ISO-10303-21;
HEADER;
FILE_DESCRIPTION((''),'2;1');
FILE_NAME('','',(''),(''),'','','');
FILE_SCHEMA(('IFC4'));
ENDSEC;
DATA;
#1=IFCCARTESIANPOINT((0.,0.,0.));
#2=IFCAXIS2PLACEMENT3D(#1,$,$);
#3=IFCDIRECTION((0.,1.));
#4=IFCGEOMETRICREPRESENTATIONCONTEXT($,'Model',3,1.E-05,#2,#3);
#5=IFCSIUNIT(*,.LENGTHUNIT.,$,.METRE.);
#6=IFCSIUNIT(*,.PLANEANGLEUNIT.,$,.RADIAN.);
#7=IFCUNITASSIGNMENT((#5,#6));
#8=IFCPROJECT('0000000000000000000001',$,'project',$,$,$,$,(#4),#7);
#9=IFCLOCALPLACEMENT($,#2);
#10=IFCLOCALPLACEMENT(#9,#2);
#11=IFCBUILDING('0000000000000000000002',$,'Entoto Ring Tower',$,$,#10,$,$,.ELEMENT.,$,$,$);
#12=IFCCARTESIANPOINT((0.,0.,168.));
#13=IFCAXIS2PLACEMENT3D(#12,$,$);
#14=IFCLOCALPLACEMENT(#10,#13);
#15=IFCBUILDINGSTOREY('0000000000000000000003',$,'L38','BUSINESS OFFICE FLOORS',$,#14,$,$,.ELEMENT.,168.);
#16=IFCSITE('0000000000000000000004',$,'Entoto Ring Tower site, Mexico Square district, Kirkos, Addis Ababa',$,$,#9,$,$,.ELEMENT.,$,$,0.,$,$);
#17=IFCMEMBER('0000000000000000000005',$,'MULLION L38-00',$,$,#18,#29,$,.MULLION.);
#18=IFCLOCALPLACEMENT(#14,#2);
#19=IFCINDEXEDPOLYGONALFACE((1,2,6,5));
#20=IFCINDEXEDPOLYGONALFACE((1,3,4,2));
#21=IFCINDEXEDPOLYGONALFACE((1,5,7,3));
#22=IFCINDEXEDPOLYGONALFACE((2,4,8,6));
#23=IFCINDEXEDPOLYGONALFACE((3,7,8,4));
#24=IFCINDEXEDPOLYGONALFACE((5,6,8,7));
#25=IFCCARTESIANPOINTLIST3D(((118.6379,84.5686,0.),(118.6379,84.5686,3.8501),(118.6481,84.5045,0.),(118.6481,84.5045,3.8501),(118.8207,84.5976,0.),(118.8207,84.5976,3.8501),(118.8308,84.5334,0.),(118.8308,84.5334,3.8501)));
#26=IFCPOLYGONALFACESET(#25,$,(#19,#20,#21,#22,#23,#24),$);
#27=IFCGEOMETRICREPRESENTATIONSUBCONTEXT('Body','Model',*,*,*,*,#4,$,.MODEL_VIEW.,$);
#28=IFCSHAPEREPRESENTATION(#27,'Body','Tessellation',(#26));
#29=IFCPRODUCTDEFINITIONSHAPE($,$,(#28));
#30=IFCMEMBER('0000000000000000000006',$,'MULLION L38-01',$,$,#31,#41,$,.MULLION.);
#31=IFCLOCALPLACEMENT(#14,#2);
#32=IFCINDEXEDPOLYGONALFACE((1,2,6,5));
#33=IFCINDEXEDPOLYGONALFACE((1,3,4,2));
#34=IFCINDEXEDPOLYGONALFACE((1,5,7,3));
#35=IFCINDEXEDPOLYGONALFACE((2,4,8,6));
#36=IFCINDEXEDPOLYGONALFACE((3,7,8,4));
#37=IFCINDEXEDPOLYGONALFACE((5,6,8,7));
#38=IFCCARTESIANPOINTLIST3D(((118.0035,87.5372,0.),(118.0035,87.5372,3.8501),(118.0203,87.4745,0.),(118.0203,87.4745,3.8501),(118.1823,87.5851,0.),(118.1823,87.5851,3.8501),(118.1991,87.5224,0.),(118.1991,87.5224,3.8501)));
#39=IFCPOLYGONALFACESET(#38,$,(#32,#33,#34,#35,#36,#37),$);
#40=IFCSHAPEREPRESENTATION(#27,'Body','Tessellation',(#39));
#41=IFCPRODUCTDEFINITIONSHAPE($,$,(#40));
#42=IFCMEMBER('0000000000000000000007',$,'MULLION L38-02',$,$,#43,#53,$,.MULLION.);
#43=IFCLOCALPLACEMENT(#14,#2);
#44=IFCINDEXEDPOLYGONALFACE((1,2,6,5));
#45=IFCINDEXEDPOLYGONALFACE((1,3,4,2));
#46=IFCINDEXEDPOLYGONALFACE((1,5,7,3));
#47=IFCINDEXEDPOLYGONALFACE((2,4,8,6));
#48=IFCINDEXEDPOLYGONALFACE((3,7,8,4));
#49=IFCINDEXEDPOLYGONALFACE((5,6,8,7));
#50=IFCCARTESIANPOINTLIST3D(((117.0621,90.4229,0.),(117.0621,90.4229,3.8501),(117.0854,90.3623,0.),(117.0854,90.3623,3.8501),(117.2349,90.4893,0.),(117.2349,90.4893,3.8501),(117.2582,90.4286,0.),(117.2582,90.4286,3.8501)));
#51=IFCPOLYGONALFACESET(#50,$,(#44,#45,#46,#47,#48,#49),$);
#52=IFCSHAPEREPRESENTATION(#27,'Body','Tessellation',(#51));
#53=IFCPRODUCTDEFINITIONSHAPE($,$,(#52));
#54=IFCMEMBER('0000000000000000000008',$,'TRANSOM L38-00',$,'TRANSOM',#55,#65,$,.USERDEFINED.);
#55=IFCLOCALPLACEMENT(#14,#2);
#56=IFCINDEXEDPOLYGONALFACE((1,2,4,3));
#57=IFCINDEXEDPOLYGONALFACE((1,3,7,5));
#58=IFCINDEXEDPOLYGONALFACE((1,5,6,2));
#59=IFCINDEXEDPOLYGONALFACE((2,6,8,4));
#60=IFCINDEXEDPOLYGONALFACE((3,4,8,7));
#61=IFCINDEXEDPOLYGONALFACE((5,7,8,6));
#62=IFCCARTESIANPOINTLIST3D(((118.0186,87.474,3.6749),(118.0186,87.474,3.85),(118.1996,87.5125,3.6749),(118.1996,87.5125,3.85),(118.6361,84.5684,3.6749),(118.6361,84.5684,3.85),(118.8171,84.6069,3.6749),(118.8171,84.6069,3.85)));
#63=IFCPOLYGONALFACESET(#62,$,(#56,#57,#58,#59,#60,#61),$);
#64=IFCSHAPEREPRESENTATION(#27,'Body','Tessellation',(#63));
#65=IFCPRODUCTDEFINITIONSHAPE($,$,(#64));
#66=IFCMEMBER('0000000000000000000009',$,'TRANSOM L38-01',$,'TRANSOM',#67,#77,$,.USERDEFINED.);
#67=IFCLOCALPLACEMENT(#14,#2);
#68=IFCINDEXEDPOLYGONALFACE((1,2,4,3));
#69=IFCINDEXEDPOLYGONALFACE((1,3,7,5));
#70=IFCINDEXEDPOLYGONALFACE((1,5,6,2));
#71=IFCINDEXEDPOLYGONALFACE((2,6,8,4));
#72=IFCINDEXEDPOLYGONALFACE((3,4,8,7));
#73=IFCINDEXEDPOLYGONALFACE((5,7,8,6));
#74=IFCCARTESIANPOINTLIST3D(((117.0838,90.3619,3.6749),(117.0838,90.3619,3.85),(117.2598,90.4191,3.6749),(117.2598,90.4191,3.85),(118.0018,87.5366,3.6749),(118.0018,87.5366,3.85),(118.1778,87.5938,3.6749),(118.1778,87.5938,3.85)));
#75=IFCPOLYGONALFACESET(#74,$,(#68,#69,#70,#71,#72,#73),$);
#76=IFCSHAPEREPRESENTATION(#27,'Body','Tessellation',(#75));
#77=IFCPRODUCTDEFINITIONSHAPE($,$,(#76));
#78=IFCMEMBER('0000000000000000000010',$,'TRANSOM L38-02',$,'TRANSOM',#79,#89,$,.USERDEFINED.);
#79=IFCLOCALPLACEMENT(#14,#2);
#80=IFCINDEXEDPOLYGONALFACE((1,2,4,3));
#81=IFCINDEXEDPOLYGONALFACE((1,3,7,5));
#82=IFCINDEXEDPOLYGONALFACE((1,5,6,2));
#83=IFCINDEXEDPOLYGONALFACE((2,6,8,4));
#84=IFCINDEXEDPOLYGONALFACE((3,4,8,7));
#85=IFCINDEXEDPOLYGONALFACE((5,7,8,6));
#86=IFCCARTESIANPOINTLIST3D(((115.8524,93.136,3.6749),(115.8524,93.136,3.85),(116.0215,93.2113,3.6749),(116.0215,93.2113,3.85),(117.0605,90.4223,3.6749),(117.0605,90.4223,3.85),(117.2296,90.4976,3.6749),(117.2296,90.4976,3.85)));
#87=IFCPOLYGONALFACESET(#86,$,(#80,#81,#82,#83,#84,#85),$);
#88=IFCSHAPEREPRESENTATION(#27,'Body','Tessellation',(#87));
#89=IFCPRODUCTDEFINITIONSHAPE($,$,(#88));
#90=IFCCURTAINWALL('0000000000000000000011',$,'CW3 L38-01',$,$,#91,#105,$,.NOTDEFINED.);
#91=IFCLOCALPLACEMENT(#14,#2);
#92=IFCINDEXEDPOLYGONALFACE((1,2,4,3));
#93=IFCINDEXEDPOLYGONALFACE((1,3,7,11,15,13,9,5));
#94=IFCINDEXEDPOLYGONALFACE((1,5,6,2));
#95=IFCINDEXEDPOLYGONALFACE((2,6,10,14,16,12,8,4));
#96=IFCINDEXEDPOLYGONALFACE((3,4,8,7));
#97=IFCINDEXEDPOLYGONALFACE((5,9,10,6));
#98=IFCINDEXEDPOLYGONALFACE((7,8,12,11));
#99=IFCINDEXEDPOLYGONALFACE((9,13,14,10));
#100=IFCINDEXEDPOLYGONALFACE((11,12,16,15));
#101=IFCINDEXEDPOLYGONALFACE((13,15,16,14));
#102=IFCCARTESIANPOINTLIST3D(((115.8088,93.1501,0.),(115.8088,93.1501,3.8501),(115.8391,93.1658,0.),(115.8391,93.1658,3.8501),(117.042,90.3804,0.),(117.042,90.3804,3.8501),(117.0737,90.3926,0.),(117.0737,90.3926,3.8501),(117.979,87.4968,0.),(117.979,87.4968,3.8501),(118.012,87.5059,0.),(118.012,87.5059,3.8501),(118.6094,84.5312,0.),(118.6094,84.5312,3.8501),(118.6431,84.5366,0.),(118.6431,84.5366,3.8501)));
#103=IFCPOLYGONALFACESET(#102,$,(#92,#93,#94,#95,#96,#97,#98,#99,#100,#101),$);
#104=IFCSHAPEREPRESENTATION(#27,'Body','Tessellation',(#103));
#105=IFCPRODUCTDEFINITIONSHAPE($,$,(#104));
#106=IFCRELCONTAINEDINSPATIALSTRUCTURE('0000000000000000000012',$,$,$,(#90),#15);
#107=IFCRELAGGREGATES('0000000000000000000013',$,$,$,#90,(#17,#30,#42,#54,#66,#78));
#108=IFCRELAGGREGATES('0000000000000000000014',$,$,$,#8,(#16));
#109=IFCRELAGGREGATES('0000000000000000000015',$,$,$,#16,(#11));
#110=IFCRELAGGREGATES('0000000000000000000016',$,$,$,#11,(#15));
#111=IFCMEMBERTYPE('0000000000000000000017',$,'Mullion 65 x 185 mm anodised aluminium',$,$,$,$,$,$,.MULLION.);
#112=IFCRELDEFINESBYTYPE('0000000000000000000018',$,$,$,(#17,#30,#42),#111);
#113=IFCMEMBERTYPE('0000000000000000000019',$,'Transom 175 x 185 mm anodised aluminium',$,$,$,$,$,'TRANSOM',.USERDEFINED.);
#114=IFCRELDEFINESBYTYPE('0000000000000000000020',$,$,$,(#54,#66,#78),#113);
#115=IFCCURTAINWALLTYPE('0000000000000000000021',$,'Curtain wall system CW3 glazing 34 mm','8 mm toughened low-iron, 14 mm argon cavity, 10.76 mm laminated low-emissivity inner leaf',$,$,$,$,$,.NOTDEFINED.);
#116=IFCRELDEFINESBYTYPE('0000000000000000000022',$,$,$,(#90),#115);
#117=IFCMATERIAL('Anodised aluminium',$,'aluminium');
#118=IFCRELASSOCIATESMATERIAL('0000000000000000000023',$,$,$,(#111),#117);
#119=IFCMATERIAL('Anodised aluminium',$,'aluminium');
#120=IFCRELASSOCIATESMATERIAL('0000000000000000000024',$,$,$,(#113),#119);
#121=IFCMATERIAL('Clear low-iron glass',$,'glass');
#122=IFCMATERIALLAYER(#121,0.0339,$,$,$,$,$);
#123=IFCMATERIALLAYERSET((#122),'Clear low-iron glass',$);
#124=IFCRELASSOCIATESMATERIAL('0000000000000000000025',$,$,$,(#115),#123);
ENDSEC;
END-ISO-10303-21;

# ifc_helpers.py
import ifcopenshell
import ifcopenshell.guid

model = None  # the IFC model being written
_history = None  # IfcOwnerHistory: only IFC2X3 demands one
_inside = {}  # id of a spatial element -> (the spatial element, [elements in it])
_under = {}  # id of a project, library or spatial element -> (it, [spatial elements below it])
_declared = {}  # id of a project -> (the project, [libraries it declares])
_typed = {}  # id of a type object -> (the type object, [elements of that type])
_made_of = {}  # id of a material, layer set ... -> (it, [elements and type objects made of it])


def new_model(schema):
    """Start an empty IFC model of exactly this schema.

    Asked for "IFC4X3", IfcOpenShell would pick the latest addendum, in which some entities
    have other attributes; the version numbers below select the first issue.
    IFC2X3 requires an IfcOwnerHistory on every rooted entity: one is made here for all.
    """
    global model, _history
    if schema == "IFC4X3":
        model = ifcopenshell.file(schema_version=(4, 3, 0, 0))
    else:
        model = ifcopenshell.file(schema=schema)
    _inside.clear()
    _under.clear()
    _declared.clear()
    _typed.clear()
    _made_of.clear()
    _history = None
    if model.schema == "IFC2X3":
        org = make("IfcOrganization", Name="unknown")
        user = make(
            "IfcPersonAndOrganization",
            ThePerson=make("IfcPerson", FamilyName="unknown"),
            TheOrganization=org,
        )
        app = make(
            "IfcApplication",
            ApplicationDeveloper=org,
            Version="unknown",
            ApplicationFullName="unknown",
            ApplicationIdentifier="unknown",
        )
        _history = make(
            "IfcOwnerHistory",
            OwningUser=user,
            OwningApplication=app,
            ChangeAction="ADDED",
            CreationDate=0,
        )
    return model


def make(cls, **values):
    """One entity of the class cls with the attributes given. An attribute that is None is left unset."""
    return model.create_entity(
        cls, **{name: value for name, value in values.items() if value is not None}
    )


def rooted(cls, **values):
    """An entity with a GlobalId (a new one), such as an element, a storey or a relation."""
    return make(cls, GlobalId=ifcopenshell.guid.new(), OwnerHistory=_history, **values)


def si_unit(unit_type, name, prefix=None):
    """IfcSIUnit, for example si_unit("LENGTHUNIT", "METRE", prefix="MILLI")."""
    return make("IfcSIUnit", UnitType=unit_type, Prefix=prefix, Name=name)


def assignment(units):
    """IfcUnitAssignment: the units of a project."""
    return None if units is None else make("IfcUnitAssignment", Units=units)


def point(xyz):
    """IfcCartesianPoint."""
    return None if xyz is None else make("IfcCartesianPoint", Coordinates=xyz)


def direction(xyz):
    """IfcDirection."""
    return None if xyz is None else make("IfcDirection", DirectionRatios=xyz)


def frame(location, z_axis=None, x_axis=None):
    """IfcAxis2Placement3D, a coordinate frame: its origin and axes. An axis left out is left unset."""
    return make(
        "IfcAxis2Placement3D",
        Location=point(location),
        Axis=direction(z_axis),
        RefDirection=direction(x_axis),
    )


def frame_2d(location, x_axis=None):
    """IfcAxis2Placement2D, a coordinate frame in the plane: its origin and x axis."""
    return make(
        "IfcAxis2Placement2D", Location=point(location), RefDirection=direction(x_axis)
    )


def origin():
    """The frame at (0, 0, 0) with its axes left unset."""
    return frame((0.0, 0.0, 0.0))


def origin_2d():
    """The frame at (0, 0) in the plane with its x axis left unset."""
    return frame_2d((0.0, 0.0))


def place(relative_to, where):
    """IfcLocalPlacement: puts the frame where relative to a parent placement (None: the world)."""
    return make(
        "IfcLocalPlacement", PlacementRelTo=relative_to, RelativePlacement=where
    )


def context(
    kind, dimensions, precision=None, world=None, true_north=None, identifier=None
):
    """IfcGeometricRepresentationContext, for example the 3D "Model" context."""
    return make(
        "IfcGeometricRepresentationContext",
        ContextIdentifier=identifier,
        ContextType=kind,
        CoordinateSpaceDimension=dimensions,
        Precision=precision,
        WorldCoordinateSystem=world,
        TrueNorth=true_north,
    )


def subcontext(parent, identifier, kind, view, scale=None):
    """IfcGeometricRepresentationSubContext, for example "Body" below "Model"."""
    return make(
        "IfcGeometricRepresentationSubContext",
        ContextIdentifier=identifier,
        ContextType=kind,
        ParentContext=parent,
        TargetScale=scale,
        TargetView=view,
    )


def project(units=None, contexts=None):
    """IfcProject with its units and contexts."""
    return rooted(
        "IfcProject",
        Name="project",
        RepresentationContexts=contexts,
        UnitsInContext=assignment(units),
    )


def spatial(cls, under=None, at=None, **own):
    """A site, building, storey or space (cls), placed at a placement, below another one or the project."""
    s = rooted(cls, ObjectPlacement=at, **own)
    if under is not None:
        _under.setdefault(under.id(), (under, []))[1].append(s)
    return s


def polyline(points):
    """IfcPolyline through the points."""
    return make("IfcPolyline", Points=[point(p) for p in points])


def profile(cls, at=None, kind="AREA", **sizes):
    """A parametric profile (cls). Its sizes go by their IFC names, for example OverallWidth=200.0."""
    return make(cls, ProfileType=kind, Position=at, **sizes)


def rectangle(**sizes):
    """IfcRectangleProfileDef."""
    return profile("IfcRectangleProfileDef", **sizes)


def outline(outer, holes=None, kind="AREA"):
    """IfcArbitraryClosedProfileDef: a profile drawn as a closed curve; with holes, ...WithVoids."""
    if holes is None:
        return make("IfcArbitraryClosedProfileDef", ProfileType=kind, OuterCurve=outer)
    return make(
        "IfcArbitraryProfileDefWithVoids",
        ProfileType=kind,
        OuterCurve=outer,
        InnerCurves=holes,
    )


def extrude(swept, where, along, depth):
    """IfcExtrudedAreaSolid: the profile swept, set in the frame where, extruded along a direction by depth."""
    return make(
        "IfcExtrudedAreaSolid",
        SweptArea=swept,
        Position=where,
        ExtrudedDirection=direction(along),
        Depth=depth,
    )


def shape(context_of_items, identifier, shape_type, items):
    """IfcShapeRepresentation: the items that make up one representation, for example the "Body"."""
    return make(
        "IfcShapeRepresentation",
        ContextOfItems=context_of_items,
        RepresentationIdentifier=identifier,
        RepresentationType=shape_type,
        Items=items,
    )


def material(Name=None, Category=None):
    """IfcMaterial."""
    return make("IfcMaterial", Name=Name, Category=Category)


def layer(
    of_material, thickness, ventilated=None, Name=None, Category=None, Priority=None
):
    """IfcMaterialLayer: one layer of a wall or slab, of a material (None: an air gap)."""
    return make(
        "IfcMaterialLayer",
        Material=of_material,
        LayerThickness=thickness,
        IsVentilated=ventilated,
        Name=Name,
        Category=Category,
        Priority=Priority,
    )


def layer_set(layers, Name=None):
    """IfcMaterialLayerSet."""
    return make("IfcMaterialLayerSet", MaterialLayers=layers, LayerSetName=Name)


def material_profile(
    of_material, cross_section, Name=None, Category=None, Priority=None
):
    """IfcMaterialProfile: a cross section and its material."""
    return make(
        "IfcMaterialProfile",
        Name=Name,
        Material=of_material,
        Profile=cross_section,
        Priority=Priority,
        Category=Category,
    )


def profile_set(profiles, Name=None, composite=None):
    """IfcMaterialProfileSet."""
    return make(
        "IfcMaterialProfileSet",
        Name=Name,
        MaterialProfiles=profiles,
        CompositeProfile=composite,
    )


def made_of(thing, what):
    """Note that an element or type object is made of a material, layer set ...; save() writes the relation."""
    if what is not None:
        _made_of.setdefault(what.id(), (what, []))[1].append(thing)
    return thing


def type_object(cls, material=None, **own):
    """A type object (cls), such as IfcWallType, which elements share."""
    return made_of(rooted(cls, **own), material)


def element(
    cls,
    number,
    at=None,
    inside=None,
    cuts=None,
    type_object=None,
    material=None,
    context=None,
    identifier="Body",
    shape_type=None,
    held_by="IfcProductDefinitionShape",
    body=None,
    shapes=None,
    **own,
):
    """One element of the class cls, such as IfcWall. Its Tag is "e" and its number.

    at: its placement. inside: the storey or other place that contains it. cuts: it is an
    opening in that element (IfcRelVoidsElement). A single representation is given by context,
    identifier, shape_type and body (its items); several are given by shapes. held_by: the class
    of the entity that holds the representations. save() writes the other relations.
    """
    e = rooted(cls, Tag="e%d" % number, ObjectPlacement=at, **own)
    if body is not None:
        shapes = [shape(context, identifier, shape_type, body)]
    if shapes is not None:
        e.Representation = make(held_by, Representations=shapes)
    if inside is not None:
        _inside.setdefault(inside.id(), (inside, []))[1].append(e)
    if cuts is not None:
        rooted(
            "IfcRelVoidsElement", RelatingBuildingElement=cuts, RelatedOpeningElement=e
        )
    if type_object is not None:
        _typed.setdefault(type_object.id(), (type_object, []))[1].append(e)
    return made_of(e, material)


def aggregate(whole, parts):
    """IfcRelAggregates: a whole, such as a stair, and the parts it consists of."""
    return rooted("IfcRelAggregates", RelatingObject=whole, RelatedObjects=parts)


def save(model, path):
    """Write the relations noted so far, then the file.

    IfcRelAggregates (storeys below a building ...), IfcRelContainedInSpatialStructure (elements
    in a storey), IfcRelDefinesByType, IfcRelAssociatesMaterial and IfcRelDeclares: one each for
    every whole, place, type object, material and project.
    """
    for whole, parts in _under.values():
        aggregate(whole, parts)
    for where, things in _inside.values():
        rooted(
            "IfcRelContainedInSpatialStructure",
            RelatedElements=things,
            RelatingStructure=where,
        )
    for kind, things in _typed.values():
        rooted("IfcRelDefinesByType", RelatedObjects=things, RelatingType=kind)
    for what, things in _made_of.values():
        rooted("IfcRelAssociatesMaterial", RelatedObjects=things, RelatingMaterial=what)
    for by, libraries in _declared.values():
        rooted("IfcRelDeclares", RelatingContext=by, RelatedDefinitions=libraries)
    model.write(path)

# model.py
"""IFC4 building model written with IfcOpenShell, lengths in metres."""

from ifc_helpers import new_model, si_unit, direction, frame, origin, origin_2d, place, context, subcontext, project, spatial, polyline, rectangle, outline, extrude, material, layer, layer_set, material_profile, profile_set, type_object, element, aggregate, save


model = new_model("IFC4")

# Units and contexts
model_context = context("Model", 3, precision=1e-05, world=origin(), true_north=direction((0.0, 1.0)))
body_context = subcontext(model_context, "Body", "Model", "MODEL_VIEW")
ifc_project = project(units=[si_unit("LENGTHUNIT", "METRE"), si_unit("PLANEANGLEUNIT", "RADIAN")], contexts=[model_context])

# Members
ifc_material_1 = material(Name="Anodised aluminium", Category="aluminium")
ifc_material_profile_1 = material_profile(ifc_material_1, rectangle(XDim=0.0649, YDim=0.1851, at=origin_2d()), Name="Mullion 65 x 185 mm anodised aluminium")
ifc_profile_set_1 = profile_set([ifc_material_profile_1], Name="Anodised aluminium")
member_type_1 = type_object("IfcMemberType", Name="Mullion 65 x 185 mm anodised aluminium", PredefinedType="MULLION", material=ifc_profile_set_1)
site_placement = place(None, origin())
building_placement = place(site_placement, origin())
storey_placement = place(building_placement, frame((0.0, 0.0, 168.0)))
member_1_placement = place(storey_placement, frame((118.7344, 84.551, 0.0), z_axis=(0.0, 0.0, 1.0), x_axis=(-0.156434, 0.987688, 0.0)))
member_1 = element("IfcMember", 1, at=member_1_placement, type_object=member_type_1, Name="MULLION L38-00", PredefinedType="MULLION", context=body_context, shape_type="SweptSolid", body=[
    extrude(rectangle(XDim=0.0649, YDim=0.1851, at=origin_2d()), origin(), (0.0, 0.0, 1.0), 3.8501),
])
member_2_placement = place(storey_placement, frame((118.1013, 87.5298, 0.0), z_axis=(0.0, 0.0, 1.0), x_axis=(-0.258819, 0.965926, 0.0)))
member_2 = element("IfcMember", 2, at=member_2_placement, type_object=member_type_1, Name="MULLION L38-01", PredefinedType="MULLION", context=body_context, shape_type="SweptSolid", body=[
    extrude(rectangle(XDim=0.0649, YDim=0.1851, at=origin_2d()), origin(), (0.0, 0.0, 1.0), 3.8501),
])
member_3_placement = place(storey_placement, frame((117.1602, 90.4258, 0.0), z_axis=(0.0, 0.0, 1.0), x_axis=(-0.358368, 0.93358, 0.0)))
member_3 = element("IfcMember", 3, at=member_3_placement, type_object=member_type_1, Name="MULLION L38-02", PredefinedType="MULLION", context=body_context, shape_type="SweptSolid", body=[
    extrude(rectangle(XDim=0.0649, YDim=0.1851, at=origin_2d()), origin(), (0.0, 0.0, 1.0), 3.8501),
])
ifc_material_2 = material(Name="Anodised aluminium", Category="aluminium")
ifc_material_profile_2 = material_profile(ifc_material_2, rectangle(XDim=0.1851, YDim=0.175, at=origin_2d()), Name="Transom 175 x 185 mm anodised aluminium")
ifc_profile_set_2 = profile_set([ifc_material_profile_2], Name="Anodised aluminium")
member_type_2 = type_object("IfcMemberType", Name="Transom 175 x 185 mm anodised aluminium", ElementType="TRANSOM", PredefinedType="USERDEFINED", material=ifc_profile_set_2)
member_4_placement = place(storey_placement, frame((118.7266, 84.5876, 3.7625), z_axis=(-0.207862, 0.978158, 0.0), x_axis=(-0.978158, -0.207862, 0.0)))
member_4 = element("IfcMember", 4, at=member_4_placement, type_object=member_type_2, Name="TRANSOM L38-00", ObjectType="TRANSOM", PredefinedType="USERDEFINED", context=body_context, shape_type="SweptSolid", body=[
    extrude(rectangle(XDim=0.1851, YDim=0.175, at=origin_2d()), origin(), (0.0, 0.0, 1.0), 2.9705),
])
member_5_placement = place(storey_placement, frame((118.0898, 87.5652, 3.7625), z_axis=(-0.309019, 0.951056, 0.0), x_axis=(-0.951056, -0.309019, 0.0)))
member_5 = element("IfcMember", 5, at=member_5_placement, type_object=member_type_2, Name="TRANSOM L38-01", ObjectType="TRANSOM", PredefinedType="USERDEFINED", context=body_context, shape_type="SweptSolid", body=[
    extrude(rectangle(XDim=0.1851, YDim=0.175, at=origin_2d()), origin(), (0.0, 0.0, 1.0), 2.9707),
])
member_6_placement = place(storey_placement, frame((117.145, 90.46, 3.7625), z_axis=(-0.406687, 0.913567, 0.0), x_axis=(-0.913567, -0.406687, 0.0)))
member_6 = element("IfcMember", 6, at=member_6_placement, type_object=member_type_2, Name="TRANSOM L38-02", ObjectType="TRANSOM", PredefinedType="USERDEFINED", context=body_context, shape_type="SweptSolid", body=[
    extrude(rectangle(XDim=0.1851, YDim=0.175, at=origin_2d()), origin(), (0.0, 0.0, 1.0), 2.9705),
])

# Site, building, storey
site = spatial("IfcSite", under=ifc_project, at=site_placement, Name="Entoto Ring Tower site, Mexico Square district, Kirkos, Addis Ababa", CompositionType="ELEMENT", RefElevation=0.0)
building = spatial("IfcBuilding", under=site, at=building_placement, Name="Entoto Ring Tower", CompositionType="ELEMENT")
storey = spatial("IfcBuildingStorey", under=building, at=storey_placement, Name="L38", Description="BUSINESS OFFICE FLOORS", CompositionType="ELEMENT", Elevation=168.0)

# Curtain wall
ifc_material_3 = material(Name="Clear low-iron glass", Category="glass")
ifc_layer_1 = layer(ifc_material_3, 0.0339)
ifc_layer_set_1 = layer_set([ifc_layer_1], Name="Clear low-iron glass")
curtain_wall_type = type_object("IfcCurtainWallType", Name="Curtain wall system CW3 glazing 34 mm", Description="8 mm toughened low-iron, 14 mm argon cavity, 10.76 mm laminated low-emissivity inner leaf", PredefinedType="NOTDEFINED", material=ifc_layer_set_1)
curtain_wall_1_placement = place(storey_placement, origin())
curtain_wall_1 = element("IfcCurtainWall", 7, at=curtain_wall_1_placement, inside=storey, type_object=curtain_wall_type, Name="CW3 L38-01", PredefinedType="NOTDEFINED", context=body_context, shape_type="SweptSolid", body=[
    extrude(outline(polyline([(118.6431, 84.5366), (118.012, 87.5059), (117.0737, 90.3926), (115.8391, 93.1658), (115.8088, 93.1501), (117.042, 90.3804), (117.979, 87.4968), (118.6094, 84.5312), (118.6431, 84.5366)])), origin(), (0.0, 0.0, 1.0), 3.8501),
])
aggregate(curtain_wall_1, [member_1, member_2, member_3, member_4, member_5, member_6])

save(model, "model.ifc")
